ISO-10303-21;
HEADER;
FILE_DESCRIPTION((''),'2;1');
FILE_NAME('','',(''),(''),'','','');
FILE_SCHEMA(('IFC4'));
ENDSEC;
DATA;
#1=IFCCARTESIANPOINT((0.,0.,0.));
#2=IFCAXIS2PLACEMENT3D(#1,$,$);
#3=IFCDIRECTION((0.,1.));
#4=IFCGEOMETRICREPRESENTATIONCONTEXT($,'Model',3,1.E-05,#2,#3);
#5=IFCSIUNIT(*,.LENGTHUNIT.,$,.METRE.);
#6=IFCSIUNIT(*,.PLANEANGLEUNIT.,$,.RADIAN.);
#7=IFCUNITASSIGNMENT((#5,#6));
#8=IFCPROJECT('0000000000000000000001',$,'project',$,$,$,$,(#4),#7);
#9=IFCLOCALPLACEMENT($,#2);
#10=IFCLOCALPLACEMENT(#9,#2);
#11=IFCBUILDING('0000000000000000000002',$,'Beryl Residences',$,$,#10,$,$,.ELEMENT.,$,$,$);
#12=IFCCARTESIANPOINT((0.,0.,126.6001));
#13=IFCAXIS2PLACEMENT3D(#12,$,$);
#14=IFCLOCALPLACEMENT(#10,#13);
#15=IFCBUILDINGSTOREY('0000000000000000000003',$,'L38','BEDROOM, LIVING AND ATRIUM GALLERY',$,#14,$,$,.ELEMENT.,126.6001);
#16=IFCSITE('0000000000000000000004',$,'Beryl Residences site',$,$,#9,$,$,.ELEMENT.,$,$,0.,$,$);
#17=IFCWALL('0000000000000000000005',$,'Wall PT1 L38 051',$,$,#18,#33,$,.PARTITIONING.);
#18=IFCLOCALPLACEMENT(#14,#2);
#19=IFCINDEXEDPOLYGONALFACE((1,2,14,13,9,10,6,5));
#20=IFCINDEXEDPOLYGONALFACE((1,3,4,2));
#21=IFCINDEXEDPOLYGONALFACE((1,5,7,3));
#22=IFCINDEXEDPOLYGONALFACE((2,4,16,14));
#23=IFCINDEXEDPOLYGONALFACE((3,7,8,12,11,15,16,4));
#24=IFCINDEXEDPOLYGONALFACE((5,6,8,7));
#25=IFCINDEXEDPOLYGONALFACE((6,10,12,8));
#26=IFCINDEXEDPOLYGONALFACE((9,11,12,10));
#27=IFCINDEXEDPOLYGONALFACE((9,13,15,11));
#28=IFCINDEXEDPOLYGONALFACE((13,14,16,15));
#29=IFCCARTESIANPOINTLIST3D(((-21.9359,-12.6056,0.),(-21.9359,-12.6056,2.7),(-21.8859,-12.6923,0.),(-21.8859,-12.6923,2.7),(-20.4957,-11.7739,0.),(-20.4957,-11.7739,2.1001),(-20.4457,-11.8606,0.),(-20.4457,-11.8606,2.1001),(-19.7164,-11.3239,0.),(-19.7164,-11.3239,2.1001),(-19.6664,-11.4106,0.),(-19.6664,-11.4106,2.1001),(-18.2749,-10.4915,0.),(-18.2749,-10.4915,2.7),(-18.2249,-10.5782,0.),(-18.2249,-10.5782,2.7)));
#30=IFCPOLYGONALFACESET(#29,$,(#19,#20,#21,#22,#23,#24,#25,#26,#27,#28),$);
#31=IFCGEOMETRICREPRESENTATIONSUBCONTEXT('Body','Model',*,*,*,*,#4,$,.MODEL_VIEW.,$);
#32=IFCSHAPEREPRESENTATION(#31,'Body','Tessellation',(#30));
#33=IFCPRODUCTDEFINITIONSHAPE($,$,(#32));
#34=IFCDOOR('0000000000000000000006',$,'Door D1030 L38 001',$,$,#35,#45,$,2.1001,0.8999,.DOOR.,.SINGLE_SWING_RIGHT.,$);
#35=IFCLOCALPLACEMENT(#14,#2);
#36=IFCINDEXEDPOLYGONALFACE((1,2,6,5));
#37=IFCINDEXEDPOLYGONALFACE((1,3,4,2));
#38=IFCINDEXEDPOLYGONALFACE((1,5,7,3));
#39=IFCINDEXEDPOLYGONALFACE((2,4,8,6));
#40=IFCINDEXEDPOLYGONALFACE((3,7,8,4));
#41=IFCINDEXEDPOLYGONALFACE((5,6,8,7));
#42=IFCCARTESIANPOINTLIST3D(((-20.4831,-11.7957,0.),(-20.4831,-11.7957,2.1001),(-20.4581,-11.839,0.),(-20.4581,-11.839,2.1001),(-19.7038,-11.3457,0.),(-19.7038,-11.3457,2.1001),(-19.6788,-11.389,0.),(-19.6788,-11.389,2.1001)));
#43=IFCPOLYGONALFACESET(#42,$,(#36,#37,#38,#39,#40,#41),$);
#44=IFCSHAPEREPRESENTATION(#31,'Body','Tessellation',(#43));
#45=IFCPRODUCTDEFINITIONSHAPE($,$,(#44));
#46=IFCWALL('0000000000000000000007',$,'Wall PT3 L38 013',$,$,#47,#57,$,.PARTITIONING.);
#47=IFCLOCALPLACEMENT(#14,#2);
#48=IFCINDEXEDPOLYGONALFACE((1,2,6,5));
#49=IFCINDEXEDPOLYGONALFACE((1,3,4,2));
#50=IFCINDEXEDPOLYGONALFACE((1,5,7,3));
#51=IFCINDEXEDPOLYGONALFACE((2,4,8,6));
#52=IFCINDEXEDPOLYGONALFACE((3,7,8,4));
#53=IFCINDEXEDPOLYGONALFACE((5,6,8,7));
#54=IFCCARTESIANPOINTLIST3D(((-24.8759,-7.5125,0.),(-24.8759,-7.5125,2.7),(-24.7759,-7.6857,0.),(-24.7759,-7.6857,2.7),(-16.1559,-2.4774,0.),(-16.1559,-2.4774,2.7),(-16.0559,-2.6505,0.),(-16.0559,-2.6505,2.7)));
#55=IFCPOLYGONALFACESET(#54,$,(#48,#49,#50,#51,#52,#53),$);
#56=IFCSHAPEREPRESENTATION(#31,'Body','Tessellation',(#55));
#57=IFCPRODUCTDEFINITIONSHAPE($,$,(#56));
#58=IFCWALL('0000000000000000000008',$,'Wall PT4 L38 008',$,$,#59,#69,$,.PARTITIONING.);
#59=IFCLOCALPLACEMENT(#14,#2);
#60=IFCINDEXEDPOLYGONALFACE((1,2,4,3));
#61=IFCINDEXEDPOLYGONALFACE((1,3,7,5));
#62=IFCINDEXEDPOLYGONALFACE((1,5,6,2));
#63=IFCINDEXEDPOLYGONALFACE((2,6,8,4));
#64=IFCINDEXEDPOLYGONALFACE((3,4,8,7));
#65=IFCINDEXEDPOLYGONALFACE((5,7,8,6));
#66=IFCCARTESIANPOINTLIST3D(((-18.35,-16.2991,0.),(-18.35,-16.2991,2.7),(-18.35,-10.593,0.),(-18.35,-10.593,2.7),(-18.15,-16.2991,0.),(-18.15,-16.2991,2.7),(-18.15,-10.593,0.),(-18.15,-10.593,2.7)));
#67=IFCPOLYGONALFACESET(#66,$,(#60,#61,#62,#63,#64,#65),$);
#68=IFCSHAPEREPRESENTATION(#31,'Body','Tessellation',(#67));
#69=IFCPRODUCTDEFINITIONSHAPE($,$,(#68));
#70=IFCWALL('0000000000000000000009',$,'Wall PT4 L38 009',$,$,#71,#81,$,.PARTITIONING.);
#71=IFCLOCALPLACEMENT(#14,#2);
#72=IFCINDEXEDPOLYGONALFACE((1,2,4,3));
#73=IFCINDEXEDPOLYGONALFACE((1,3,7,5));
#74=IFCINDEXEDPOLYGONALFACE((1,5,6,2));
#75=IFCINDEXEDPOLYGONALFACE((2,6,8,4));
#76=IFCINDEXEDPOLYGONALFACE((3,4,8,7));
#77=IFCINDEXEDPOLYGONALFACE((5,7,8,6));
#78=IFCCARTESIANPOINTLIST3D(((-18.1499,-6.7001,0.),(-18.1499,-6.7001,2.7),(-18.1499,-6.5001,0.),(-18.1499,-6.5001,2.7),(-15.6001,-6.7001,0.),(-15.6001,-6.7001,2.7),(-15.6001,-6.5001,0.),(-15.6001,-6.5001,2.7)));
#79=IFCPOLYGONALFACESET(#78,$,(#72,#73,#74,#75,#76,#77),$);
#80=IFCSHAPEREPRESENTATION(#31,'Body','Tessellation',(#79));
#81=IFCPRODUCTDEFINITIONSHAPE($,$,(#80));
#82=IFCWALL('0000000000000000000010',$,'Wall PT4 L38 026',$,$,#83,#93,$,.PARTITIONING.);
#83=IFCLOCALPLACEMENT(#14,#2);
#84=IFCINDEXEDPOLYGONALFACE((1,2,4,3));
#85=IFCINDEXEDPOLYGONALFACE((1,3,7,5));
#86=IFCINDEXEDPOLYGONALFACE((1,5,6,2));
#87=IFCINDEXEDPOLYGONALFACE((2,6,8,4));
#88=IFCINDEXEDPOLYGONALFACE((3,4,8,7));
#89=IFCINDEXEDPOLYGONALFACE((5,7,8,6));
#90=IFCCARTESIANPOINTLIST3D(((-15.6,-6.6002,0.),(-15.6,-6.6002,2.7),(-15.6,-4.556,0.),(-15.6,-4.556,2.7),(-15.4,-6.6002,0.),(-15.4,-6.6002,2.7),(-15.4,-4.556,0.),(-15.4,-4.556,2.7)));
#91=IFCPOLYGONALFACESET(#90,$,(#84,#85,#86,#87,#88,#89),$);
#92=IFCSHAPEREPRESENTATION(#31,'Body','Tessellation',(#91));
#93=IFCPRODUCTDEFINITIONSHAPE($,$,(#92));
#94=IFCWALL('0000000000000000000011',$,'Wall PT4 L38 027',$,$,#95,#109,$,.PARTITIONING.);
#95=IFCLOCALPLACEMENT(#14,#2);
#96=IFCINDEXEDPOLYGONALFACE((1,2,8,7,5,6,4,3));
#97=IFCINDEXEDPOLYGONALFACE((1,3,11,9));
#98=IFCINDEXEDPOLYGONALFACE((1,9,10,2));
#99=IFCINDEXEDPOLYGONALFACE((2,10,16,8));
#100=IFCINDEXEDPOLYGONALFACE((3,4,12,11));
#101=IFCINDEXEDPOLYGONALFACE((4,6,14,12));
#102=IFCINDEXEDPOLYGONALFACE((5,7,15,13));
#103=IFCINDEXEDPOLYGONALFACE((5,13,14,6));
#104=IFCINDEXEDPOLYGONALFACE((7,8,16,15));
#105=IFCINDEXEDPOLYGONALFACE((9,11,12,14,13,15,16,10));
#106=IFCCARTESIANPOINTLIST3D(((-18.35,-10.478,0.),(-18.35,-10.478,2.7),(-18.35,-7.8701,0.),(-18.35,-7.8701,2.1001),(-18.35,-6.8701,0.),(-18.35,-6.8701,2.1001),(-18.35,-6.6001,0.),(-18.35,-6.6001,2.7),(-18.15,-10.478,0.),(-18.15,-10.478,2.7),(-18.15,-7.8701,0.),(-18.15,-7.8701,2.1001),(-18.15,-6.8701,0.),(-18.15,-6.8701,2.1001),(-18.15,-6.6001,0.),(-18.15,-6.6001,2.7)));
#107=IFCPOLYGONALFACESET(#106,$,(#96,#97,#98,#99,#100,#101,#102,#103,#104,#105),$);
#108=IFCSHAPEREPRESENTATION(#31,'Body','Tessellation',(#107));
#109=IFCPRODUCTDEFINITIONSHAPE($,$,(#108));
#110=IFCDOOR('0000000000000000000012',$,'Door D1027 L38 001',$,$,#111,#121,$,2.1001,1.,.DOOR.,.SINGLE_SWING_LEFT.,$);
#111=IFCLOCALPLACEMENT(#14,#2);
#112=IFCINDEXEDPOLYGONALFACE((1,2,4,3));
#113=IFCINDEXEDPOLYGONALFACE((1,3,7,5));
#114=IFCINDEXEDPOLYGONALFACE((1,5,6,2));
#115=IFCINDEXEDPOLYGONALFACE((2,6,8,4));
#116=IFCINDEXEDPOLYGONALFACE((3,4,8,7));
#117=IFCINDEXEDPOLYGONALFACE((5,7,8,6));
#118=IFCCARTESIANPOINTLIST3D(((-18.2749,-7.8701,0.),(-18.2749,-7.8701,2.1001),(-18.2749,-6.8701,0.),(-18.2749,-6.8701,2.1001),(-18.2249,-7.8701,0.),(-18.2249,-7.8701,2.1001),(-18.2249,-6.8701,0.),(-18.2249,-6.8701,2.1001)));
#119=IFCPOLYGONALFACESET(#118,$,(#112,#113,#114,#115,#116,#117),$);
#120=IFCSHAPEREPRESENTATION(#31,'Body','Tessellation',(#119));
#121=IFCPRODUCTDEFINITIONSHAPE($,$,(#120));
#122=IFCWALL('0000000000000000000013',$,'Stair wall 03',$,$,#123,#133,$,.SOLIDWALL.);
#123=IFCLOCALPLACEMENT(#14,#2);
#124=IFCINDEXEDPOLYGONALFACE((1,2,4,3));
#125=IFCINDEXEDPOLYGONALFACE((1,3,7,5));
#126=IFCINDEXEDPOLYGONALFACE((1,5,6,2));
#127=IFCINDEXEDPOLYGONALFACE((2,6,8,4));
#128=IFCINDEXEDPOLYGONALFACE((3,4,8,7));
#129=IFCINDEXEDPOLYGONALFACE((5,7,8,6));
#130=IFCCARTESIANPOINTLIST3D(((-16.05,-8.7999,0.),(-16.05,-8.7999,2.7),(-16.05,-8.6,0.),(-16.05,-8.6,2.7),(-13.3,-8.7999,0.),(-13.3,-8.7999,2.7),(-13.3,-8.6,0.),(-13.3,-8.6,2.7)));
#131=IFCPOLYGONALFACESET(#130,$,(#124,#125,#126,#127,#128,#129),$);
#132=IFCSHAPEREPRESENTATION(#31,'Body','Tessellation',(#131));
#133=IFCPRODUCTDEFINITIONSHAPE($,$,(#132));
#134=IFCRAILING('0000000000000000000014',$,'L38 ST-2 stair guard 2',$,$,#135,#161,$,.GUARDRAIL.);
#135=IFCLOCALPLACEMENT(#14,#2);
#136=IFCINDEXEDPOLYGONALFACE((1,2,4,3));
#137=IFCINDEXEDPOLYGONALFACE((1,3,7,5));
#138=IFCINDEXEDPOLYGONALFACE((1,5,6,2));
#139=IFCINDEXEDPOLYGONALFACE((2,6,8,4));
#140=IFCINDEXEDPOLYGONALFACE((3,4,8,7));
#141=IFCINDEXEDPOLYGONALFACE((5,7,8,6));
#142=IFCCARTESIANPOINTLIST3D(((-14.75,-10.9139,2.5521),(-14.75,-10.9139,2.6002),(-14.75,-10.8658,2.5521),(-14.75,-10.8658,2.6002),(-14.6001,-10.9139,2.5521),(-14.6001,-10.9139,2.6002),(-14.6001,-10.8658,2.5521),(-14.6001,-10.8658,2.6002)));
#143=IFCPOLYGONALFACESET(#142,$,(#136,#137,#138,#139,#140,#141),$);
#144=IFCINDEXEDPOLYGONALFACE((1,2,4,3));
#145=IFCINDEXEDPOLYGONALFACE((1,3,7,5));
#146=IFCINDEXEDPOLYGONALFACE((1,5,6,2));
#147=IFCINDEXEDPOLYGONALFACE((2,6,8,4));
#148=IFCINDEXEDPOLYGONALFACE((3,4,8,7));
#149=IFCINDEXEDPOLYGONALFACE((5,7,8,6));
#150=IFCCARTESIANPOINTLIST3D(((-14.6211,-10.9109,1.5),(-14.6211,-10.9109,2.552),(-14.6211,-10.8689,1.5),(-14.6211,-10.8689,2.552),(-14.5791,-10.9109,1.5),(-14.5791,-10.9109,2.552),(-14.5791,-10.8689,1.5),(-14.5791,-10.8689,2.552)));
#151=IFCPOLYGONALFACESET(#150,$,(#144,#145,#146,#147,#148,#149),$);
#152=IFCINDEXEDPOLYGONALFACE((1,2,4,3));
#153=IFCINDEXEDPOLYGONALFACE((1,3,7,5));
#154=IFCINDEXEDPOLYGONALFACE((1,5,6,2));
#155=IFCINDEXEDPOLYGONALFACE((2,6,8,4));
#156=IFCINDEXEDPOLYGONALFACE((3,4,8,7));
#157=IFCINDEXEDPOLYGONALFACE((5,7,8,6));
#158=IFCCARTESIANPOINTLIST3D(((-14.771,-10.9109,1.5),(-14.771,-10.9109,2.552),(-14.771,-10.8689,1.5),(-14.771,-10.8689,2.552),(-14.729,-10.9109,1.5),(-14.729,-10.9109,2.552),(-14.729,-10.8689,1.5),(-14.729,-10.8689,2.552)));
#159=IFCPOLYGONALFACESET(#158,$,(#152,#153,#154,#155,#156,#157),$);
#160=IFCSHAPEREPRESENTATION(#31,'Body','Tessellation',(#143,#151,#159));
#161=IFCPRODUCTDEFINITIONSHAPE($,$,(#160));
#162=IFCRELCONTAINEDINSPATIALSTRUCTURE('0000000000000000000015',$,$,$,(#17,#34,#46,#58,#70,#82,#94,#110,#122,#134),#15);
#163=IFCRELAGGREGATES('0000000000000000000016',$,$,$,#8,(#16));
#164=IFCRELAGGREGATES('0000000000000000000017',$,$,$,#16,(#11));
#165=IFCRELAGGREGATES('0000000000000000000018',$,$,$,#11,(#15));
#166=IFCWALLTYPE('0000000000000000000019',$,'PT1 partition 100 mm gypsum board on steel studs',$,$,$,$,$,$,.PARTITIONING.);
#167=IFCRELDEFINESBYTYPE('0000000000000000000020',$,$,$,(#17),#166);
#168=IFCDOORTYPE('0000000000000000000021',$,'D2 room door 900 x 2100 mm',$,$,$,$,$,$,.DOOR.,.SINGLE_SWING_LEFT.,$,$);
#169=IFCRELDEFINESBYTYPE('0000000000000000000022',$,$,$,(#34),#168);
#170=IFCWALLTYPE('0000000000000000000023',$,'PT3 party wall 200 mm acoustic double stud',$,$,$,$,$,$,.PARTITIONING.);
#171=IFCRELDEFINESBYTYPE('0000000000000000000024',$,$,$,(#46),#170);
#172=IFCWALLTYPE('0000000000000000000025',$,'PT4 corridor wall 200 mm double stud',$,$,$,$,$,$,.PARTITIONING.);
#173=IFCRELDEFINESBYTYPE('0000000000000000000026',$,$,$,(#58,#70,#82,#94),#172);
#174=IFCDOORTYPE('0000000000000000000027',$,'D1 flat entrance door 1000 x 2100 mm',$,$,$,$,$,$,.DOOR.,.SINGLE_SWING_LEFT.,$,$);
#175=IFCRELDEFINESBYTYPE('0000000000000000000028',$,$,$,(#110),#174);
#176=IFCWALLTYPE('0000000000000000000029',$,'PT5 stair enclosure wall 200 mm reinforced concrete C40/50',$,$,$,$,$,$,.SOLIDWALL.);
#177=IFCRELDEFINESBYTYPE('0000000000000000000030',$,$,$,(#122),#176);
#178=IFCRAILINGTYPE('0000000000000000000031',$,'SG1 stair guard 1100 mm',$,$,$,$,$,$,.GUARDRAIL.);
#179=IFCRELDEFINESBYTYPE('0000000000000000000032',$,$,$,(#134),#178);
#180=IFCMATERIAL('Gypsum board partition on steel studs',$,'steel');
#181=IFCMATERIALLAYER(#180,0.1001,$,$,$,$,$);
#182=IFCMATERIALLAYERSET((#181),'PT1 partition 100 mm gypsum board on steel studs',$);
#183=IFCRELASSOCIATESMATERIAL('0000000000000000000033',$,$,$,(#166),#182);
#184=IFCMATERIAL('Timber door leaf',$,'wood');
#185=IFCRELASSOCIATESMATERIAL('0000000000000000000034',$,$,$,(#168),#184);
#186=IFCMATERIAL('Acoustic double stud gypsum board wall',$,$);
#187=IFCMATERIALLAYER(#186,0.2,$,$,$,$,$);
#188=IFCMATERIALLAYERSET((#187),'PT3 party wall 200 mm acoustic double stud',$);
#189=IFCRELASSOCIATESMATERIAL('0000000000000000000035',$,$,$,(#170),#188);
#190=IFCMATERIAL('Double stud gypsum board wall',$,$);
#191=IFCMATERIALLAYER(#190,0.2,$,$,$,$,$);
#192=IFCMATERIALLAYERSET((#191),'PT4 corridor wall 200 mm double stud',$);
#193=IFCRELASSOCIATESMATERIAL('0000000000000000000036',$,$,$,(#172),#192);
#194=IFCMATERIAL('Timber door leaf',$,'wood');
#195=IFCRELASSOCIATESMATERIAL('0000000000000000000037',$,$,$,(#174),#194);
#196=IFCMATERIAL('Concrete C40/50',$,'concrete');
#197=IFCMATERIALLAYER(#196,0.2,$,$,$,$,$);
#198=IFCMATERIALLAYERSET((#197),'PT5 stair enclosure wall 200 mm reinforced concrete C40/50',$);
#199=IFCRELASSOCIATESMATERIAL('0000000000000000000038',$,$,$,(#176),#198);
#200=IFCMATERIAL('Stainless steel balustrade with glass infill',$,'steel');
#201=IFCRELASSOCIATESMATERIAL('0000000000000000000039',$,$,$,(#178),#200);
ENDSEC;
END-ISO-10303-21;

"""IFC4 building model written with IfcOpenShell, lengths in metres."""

from ifc_helpers import new_model, si_unit, direction, frame, frame_2d, origin, origin_2d, place, context, subcontext, project, spatial, rectangle, extrude, material, layer, layer_set, type_object, element, fill, save


model = new_model("IFC4")

# Units and contexts
model_context = context("Model", 3, precision=1e-05, world=origin(), true_north=direction((0.0, 1.0)))
body_context = subcontext(model_context, "Body", "Model", "MODEL_VIEW")
ifc_project = project(units=[si_unit("LENGTHUNIT", "METRE"), si_unit("PLANEANGLEUNIT", "RADIAN")], contexts=[model_context])

# Site, building, storey
site_placement = place(None, origin())
site = spatial("IfcSite", under=ifc_project, at=site_placement, Name="Beryl Residences site", CompositionType="ELEMENT", RefElevation=0.0)
building_placement = place(site_placement, origin())
building = spatial("IfcBuilding", under=site, at=building_placement, Name="Beryl Residences", CompositionType="ELEMENT")
storey_placement = place(building_placement, frame((0.0, 0.0, 126.6001)))
storey = spatial("IfcBuildingStorey", under=building, at=storey_placement, Name="L38", Description="BEDROOM, LIVING AND ATRIUM GALLERY", CompositionType="ELEMENT", Elevation=126.6001)

# Shared definitions
ifc_material_1 = material(Name="Gypsum board partition on steel studs", Category="steel")
ifc_layer_1 = layer(ifc_material_1, 0.1001)
ifc_layer_set_1 = layer_set([ifc_layer_1], Name="PT1 partition 100 mm gypsum board on steel studs")
wall_type_1 = type_object("IfcWallType", Name="PT1 partition 100 mm gypsum board on steel studs", PredefinedType="PARTITIONING", material=ifc_layer_set_1)
ifc_material_2 = material(Name="Timber door leaf", Category="wood")
door_type_1 = type_object("IfcDoorType", Name="D2 room door 900 x 2100 mm", OperationType="SINGLE_SWING_LEFT", PredefinedType="DOOR", material=ifc_material_2)

# Wall, opening, door
wall_1_placement = place(storey_placement, frame((-21.9109, -12.6489, 0.0), z_axis=(0.0, 0.0, 1.0), x_axis=(0.865985, 0.500071, 0.0)))
wall_1 = element("IfcWall", 1, at=wall_1_placement, inside=storey, type_object=wall_type_1, Name="Wall PT1 L38 051", PredefinedType="PARTITIONING", context=body_context, shape_type="SweptSolid", body=[
    extrude(rectangle(XDim=4.2275, YDim=0.1001, at=frame_2d((2.1138, 0.0))), origin(), (0.0, 0.0, 1.0), 2.7),
])
opening_1_placement = place(wall_1_placement, frame((1.6631, 0.0, 0.0)))
opening_1 = element("IfcOpeningElement", 2, at=opening_1_placement, cuts=wall_1, PredefinedType="OPENING", context=body_context, shape_type="SweptSolid", body=[
    extrude(rectangle(XDim=0.8999, YDim=2.1001, at=frame_2d((0.45, 1.05))), frame((0.0, 0.0601, 0.0), z_axis=(0.0, -1.0, 0.0), x_axis=(1.0, 0.0, 0.0)), (0.0, 0.0, 1.0), 0.1201),
])
door_1_placement = place(opening_1_placement, origin())
door_1 = element("IfcDoor", 3, at=door_1_placement, inside=storey, type_object=door_type_1, Name="Door D1030 L38 001", OperationType="SINGLE_SWING_RIGHT", OverallHeight=2.1001, OverallWidth=0.8999, PredefinedType="DOOR", context=body_context, shape_type="SweptSolid", body=[
    extrude(rectangle(XDim=0.8999, YDim=2.1001, at=frame_2d((0.45, 1.05))), frame((0.0, 0.0249, 0.0), z_axis=(0.0, -1.0, 0.0), x_axis=(1.0, 0.0, 0.0)), (0.0, 0.0, 1.0), 0.05),
])
fill(opening_1, door_1)

# Walls
ifc_material_3 = material(Name="Acoustic double stud gypsum board wall")
ifc_layer_2 = layer(ifc_material_3, 0.2)
ifc_layer_set_2 = layer_set([ifc_layer_2], Name="PT3 party wall 200 mm acoustic double stud")
wall_type_2 = type_object("IfcWallType", Name="PT3 party wall 200 mm acoustic double stud", PredefinedType="PARTITIONING", material=ifc_layer_set_2)
wall_2_placement = place(storey_placement, frame((-24.8259, -7.5991, 0.0), z_axis=(0.0, 0.0, 1.0), x_axis=(0.865996, 0.500051, 0.0)))
element("IfcWall", 4, at=wall_2_placement, inside=storey, type_object=wall_type_2, Name="Wall PT3 L38 013", PredefinedType="PARTITIONING", context=body_context, shape_type="SweptSolid", body=[
    extrude(rectangle(XDim=10.0693, YDim=0.2, at=frame_2d((5.0347, 0.0))), origin(), (0.0, 0.0, 1.0), 2.7),
])
ifc_material_4 = material(Name="Double stud gypsum board wall")
ifc_layer_3 = layer(ifc_material_4, 0.2)
ifc_layer_set_3 = layer_set([ifc_layer_3], Name="PT4 corridor wall 200 mm double stud")
wall_type_3 = type_object("IfcWallType", Name="PT4 corridor wall 200 mm double stud", PredefinedType="PARTITIONING", material=ifc_layer_set_3)
wall_3_placement = place(storey_placement, frame((-18.25, -10.593, 0.0), z_axis=(0.0, 0.0, 1.0), x_axis=(0.0, -1.0, 0.0)))
element("IfcWall", 5, at=wall_3_placement, inside=storey, type_object=wall_type_3, Name="Wall PT4 L38 008", PredefinedType="PARTITIONING", context=body_context, shape_type="SweptSolid", body=[
    extrude(rectangle(XDim=5.7061, YDim=0.2, at=frame_2d((2.853, 0.0))), origin(), (0.0, 0.0, 1.0), 2.7),
])
wall_4_placement = place(storey_placement, frame((-18.1499, -6.6001, 0.0), z_axis=(0.0, 0.0, 1.0), x_axis=(1.0, 0.0, 0.0)))
element("IfcWall", 6, at=wall_4_placement, inside=storey, type_object=wall_type_3, Name="Wall PT4 L38 009", PredefinedType="PARTITIONING", context=body_context, shape_type="SweptSolid", body=[
    extrude(rectangle(XDim=2.5498, YDim=0.2, at=frame_2d((1.2749, 0.0))), origin(), (0.0, 0.0, 1.0), 2.7),
])
wall_5_placement = place(storey_placement, frame((-15.5, -6.6001, 0.0), z_axis=(0.0, 0.0, 1.0), x_axis=(0.0, 1.0, 0.0)))
element("IfcWall", 7, at=wall_5_placement, inside=storey, type_object=wall_type_3, Name="Wall PT4 L38 026", PredefinedType="PARTITIONING", context=body_context, shape_type="SweptSolid", body=[
    extrude(rectangle(XDim=2.0442, YDim=0.2, at=frame_2d((1.022, 0.0))), origin(), (0.0, 0.0, 1.0), 2.7),
])

# Wall, opening, door
wall_6_placement = place(storey_placement, frame((-18.25, -10.478, 0.0), z_axis=(0.0, 0.0, 1.0), x_axis=(0.0, 1.0, 0.0)))
wall_6 = element("IfcWall", 8, at=wall_6_placement, inside=storey, type_object=wall_type_3, Name="Wall PT4 L38 027", PredefinedType="PARTITIONING", context=body_context, shape_type="SweptSolid", body=[
    extrude(rectangle(XDim=3.8779, YDim=0.2, at=frame_2d((1.939, 0.0))), origin(), (0.0, 0.0, 1.0), 2.7),
])
opening_2_placement = place(wall_6_placement, frame((2.6079, 0.0, 0.0)))
opening_2 = element("IfcOpeningElement", 9, at=opening_2_placement, cuts=wall_6, PredefinedType="OPENING", context=body_context, shape_type="SweptSolid", body=[
    extrude(rectangle(XDim=1.0, YDim=2.1001, at=frame_2d((0.5, 1.05))), frame((0.0, 0.1099, 0.0), z_axis=(0.0, -1.0, 0.0), x_axis=(1.0, 0.0, 0.0)), (0.0, 0.0, 1.0), 0.22),
])
ifc_material_5 = material(Name="Timber door leaf", Category="wood")
door_type_2 = type_object("IfcDoorType", Name="D1 flat entrance door 1000 x 2100 mm", OperationType="SINGLE_SWING_LEFT", PredefinedType="DOOR", material=ifc_material_5)
door_2_placement = place(opening_2_placement, origin())
door_2 = element("IfcDoor", 10, at=door_2_placement, inside=storey, type_object=door_type_2, Name="Door D1027 L38 001", OperationType="SINGLE_SWING_LEFT", OverallHeight=2.1001, OverallWidth=1.0, PredefinedType="DOOR", context=body_context, shape_type="SweptSolid", body=[
    extrude(rectangle(XDim=1.0, YDim=2.1001, at=frame_2d((0.5, 1.05))), frame((0.0, 0.0249, 0.0), z_axis=(0.0, -1.0, 0.0), x_axis=(1.0, 0.0, 0.0)), (0.0, 0.0, 1.0), 0.05),
])
fill(opening_2, door_2)

# Wall
ifc_material_6 = material(Name="Concrete C40/50", Category="concrete")
ifc_layer_4 = layer(ifc_material_6, 0.2)
ifc_layer_set_4 = layer_set([ifc_layer_4], Name="PT5 stair enclosure wall 200 mm reinforced concrete C40/50")
wall_type_4 = type_object("IfcWallType", Name="PT5 stair enclosure wall 200 mm reinforced concrete C40/50", PredefinedType="SOLIDWALL", material=ifc_layer_set_4)
wall_7_placement = place(storey_placement, frame((-16.05, -8.7, 0.0), z_axis=(0.0, 0.0, 1.0), x_axis=(1.0, 0.0, 0.0)))
element("IfcWall", 11, at=wall_7_placement, inside=storey, type_object=wall_type_4, Name="Stair wall 03", PredefinedType="SOLIDWALL", context=body_context, shape_type="SweptSolid", body=[
    extrude(rectangle(XDim=2.75, YDim=0.2, at=frame_2d((1.375, 0.0))), origin(), (0.0, 0.0, 1.0), 2.7),
])

# Railing
ifc_material_7 = material(Name="Stainless steel balustrade with glass infill", Category="steel")
railing_type_1 = type_object("IfcRailingType", Name="SG1 stair guard 1100 mm", PredefinedType="GUARDRAIL", material=ifc_material_7)
railing_1_placement = place(storey_placement, frame((-14.6001, -10.8899, 1.5)))
element("IfcRailing", 12, at=railing_1_placement, inside=storey, type_object=railing_type_1, Name="L38 ST-2 stair guard 2", PredefinedType="GUARDRAIL", context=body_context, shape_type="SweptSolid", body=[
    extrude(rectangle(XDim=0.0481, YDim=0.0481, at=origin_2d()), frame((0.0, 0.0, 1.0762), z_axis=(-1.0, 0.0, 0.0), x_axis=(0.0, -1.0, 0.0)), (0.0, 0.0, 1.0), 0.1499),
    extrude(rectangle(XDim=0.042, YDim=0.042, at=origin_2d()), origin(), (0.0, 0.0, 1.0), 1.052),
    extrude(rectangle(XDim=0.042, YDim=0.042, at=origin_2d()), frame((-0.1499, 0.0, 0.0)), (0.0, 0.0, 1.0), 1.052),
])

save(model, "model.ifc")
